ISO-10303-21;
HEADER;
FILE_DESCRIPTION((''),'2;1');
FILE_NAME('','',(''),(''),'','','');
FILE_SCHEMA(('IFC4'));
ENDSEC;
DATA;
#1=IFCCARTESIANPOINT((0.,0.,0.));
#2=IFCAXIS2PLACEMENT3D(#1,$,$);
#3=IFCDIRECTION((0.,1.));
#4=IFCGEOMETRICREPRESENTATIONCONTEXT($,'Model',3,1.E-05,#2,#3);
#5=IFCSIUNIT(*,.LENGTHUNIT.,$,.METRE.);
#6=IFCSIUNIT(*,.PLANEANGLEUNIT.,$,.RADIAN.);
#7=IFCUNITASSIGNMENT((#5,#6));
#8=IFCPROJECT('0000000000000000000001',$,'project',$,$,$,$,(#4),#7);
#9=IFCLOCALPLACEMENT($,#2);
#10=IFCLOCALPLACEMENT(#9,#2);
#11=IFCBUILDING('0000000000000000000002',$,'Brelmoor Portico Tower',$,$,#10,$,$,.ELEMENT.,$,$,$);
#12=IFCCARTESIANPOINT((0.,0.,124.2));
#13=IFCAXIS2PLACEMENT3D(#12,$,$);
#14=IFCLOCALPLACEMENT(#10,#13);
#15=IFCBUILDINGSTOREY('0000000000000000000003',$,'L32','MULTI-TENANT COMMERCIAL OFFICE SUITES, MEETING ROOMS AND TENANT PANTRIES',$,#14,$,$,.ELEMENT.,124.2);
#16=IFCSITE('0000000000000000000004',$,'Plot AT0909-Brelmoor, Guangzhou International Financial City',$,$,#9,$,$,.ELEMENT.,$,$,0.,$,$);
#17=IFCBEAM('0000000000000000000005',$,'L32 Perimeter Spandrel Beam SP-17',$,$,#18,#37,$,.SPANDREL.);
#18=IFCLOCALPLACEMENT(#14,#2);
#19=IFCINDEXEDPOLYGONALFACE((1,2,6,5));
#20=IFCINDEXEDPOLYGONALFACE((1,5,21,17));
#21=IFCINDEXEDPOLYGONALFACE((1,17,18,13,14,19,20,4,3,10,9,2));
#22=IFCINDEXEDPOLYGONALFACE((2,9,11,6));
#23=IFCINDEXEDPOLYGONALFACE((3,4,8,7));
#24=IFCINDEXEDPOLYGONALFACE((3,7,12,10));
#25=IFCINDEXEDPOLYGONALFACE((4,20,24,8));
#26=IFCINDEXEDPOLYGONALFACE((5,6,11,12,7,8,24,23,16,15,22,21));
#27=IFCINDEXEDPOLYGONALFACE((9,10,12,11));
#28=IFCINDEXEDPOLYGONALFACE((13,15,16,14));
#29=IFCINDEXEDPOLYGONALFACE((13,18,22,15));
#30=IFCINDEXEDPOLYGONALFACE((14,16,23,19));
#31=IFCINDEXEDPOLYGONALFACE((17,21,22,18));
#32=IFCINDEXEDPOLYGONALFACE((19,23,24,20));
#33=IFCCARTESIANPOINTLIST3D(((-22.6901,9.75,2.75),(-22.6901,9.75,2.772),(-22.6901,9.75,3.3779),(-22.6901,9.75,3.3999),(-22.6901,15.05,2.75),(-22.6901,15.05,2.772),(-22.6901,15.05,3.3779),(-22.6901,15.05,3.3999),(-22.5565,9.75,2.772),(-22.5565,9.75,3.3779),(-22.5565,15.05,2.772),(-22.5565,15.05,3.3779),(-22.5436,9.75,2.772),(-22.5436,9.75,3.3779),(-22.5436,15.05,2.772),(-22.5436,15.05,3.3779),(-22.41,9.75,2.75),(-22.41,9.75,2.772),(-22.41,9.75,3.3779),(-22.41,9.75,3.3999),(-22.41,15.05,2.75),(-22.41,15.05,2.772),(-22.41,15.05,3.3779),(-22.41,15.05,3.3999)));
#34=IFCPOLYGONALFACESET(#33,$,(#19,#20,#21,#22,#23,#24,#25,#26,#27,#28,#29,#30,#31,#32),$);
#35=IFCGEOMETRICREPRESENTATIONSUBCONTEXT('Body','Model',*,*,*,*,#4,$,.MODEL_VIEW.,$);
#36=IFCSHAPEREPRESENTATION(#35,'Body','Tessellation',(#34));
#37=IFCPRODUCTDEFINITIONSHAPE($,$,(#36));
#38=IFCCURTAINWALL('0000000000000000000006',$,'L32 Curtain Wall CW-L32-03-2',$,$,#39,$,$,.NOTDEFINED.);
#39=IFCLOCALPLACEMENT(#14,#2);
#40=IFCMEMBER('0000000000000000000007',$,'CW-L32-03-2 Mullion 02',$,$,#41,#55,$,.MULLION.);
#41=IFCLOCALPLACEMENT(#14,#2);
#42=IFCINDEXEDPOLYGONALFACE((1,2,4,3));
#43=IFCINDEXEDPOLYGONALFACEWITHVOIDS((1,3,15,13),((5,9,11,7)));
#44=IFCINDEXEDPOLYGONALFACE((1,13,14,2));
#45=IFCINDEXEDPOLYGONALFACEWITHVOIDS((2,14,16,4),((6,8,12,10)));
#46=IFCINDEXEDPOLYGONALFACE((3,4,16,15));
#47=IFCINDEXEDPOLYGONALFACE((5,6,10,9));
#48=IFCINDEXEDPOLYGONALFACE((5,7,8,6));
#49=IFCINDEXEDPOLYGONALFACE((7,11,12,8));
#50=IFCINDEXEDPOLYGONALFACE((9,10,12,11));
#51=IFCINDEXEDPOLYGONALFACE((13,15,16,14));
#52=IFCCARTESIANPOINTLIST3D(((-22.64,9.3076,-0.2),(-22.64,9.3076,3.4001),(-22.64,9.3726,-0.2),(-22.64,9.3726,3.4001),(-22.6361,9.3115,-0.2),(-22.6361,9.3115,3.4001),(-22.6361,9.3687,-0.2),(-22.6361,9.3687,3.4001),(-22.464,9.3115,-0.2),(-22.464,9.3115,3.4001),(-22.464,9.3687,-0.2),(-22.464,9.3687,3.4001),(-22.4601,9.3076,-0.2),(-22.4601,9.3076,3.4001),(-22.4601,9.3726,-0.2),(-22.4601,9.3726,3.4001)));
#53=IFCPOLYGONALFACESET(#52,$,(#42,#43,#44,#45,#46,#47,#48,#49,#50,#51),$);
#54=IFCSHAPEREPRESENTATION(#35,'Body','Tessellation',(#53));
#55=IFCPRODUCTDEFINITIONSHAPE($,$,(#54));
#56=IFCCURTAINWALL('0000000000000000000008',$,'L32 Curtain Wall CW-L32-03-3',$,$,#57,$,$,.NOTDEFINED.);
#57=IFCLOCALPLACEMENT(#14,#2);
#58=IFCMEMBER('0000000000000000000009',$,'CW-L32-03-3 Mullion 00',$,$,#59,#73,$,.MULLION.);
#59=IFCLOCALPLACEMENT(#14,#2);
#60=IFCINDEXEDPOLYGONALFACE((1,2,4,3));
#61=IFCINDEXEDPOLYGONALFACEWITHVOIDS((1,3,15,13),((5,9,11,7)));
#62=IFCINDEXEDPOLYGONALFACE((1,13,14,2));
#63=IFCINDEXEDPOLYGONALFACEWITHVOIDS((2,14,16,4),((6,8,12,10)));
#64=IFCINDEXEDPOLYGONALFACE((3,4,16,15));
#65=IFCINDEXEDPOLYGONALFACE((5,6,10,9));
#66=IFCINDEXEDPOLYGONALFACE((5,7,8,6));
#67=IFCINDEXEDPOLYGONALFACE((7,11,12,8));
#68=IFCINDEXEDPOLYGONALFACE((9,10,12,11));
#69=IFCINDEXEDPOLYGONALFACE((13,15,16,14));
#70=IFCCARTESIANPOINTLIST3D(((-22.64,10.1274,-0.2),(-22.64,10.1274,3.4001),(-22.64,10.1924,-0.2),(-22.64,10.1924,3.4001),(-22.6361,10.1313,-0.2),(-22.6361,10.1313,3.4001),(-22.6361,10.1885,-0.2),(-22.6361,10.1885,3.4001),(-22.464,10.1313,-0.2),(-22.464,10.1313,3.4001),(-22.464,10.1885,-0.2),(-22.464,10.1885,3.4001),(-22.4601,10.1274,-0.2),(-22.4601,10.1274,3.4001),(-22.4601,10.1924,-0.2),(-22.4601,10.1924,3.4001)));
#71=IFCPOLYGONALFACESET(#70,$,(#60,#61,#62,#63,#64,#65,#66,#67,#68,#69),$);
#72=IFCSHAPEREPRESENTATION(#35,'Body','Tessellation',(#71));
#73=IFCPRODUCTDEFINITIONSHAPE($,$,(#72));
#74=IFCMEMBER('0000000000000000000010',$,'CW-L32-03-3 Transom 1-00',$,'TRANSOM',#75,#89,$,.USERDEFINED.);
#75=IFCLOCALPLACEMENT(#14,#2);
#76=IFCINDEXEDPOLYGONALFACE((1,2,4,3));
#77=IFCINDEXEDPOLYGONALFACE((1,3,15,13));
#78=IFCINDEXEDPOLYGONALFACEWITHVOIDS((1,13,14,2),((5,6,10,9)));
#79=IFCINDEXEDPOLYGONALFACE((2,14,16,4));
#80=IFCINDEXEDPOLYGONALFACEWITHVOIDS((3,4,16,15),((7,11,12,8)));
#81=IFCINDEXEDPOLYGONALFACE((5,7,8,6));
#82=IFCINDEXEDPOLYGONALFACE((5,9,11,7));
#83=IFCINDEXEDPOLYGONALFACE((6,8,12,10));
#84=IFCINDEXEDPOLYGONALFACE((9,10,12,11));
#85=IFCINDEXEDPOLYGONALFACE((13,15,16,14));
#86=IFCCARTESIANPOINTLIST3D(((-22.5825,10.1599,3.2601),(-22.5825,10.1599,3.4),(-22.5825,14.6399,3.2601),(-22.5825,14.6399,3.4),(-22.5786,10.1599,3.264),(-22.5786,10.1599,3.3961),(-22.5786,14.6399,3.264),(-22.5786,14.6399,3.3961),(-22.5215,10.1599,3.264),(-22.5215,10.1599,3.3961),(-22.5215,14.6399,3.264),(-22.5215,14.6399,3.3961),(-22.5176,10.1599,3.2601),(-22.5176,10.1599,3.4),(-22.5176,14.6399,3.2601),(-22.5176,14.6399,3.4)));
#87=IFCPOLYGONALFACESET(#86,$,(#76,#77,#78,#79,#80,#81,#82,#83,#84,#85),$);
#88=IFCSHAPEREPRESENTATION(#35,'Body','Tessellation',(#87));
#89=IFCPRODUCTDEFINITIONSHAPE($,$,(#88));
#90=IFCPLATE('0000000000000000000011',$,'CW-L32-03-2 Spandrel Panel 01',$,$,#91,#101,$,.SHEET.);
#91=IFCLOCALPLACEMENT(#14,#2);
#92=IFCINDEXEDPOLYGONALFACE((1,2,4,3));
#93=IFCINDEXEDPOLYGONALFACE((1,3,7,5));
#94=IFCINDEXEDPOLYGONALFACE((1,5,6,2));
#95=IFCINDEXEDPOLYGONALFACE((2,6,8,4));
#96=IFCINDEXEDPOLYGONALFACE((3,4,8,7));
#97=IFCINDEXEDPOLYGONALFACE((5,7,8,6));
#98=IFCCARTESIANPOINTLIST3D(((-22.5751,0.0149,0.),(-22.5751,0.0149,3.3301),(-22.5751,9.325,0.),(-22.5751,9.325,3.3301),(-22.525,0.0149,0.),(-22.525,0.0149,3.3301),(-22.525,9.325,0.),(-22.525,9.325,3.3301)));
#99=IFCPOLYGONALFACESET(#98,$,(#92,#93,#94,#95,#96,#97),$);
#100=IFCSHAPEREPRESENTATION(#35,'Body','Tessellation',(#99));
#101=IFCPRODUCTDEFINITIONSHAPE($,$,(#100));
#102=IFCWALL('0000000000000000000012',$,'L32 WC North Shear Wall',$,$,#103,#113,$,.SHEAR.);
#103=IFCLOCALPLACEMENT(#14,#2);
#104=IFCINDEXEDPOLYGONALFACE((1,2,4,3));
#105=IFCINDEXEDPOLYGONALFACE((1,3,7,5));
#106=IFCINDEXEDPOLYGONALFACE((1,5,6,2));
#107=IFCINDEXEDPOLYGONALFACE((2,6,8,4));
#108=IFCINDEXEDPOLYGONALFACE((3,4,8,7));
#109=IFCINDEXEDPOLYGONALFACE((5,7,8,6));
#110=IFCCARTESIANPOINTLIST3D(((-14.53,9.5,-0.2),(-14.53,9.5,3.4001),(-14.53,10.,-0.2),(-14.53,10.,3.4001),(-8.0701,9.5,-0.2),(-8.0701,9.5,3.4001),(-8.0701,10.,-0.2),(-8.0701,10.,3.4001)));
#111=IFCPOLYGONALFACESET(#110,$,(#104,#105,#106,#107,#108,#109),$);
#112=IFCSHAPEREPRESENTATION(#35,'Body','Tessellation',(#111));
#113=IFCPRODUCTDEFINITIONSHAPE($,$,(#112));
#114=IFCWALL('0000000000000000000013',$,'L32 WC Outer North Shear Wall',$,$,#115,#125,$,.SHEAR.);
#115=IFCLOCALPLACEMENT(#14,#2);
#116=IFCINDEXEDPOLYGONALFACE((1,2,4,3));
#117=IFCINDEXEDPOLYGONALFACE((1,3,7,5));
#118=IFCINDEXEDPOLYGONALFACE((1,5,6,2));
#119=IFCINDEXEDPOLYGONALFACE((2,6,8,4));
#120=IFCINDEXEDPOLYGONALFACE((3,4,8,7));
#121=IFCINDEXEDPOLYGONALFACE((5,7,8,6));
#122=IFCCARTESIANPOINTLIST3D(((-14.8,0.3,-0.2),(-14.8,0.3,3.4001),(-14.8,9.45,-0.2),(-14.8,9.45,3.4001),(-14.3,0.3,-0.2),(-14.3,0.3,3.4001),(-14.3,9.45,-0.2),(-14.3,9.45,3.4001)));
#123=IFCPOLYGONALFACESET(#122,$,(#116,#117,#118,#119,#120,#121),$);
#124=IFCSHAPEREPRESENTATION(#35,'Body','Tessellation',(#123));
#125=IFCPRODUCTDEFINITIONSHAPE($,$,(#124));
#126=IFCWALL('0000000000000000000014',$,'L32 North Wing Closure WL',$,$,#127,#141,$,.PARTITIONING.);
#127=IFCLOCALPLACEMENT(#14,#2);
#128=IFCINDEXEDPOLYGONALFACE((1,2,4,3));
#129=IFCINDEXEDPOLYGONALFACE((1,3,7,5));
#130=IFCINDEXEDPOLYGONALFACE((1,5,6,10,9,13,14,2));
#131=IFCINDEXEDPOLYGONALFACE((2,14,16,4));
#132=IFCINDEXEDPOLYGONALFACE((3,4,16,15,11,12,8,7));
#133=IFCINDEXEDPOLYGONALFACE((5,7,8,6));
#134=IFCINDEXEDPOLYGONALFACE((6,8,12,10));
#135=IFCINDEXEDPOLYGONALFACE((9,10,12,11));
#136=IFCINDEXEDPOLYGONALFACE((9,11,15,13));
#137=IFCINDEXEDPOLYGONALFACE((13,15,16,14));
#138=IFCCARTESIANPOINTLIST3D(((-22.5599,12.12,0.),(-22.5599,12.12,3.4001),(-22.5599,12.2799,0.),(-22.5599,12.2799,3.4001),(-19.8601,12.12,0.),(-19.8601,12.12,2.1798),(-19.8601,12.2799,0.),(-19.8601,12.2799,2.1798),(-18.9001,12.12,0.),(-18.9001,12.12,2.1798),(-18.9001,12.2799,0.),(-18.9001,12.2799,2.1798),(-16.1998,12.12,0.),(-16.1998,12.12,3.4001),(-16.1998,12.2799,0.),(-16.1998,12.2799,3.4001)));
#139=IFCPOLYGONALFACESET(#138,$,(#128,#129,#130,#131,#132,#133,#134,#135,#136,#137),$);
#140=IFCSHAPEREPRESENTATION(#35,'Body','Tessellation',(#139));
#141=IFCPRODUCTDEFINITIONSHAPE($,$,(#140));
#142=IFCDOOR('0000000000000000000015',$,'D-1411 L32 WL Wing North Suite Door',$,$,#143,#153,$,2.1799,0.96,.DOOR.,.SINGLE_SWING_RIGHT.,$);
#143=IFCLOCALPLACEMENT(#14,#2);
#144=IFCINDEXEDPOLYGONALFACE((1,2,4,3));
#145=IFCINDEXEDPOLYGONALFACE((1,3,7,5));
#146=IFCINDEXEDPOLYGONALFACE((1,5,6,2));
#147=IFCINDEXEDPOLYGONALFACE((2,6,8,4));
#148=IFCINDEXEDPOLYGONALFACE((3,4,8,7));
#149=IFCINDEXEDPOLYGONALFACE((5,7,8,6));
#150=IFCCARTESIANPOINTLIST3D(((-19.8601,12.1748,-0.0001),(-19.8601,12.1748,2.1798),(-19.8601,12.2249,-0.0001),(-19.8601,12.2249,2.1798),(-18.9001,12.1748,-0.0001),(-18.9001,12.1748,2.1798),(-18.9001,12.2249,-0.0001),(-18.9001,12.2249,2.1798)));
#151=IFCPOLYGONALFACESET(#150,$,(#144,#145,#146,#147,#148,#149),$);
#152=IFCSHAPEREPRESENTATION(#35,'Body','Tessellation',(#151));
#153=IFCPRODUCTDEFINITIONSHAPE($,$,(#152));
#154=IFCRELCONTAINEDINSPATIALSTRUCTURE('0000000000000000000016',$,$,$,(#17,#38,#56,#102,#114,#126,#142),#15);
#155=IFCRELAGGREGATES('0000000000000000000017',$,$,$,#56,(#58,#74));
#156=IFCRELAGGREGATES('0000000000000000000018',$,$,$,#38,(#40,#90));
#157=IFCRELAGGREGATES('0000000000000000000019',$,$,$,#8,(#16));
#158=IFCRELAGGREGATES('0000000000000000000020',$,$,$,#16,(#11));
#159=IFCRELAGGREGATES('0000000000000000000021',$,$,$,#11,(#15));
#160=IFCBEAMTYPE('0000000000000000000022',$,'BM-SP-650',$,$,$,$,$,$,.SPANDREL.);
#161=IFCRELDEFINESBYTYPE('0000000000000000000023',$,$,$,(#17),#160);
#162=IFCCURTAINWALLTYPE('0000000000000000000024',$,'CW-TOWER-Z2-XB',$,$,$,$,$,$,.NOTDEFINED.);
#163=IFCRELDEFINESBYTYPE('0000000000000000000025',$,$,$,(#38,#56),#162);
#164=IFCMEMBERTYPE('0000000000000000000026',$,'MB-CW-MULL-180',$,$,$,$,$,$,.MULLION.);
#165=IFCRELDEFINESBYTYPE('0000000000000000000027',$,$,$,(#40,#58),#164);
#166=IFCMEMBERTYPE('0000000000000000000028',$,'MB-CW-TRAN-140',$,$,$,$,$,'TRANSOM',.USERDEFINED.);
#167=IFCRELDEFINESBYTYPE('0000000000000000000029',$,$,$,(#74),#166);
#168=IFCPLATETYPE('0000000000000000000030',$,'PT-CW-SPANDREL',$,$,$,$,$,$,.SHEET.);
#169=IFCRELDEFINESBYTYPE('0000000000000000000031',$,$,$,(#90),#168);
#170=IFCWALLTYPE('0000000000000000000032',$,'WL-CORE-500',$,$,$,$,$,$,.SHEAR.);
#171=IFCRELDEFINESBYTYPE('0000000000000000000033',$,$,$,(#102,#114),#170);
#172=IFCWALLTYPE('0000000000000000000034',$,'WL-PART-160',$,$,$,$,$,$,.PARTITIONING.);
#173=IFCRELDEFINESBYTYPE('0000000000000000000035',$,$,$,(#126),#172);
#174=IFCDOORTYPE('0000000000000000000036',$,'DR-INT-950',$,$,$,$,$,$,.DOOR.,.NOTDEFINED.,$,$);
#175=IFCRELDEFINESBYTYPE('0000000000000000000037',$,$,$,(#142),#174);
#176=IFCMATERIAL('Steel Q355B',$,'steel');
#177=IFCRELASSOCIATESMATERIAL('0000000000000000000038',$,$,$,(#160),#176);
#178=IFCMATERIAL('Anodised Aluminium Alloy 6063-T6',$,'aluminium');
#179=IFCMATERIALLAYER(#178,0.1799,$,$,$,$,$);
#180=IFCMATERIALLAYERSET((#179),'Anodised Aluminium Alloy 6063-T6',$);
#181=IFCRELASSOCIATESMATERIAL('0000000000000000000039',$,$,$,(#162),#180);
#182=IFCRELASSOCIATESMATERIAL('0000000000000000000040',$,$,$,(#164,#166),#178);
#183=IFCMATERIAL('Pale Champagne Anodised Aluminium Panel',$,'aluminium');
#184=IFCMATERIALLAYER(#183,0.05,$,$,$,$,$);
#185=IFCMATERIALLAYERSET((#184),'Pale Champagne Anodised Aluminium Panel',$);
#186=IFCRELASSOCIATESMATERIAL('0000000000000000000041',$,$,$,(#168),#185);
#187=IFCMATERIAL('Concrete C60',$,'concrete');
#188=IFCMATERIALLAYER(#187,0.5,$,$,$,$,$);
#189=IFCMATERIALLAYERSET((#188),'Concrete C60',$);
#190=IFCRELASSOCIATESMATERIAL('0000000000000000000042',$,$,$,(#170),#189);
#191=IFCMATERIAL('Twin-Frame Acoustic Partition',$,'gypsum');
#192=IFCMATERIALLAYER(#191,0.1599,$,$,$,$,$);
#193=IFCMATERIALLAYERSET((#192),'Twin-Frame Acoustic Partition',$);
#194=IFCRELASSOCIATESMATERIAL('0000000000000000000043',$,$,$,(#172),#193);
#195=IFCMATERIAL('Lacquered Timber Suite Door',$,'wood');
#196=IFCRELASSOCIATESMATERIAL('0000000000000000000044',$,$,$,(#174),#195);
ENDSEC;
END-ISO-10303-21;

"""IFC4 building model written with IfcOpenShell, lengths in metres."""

from ifc_helpers import new_model, si_unit, direction, frame, frame_2d, origin, origin_2d, place, context, subcontext, project, spatial, rectangle, hollow_rectangle, i_section, extrude, material, layer, layer_set, material_profile, profile_set, type_object, element, fill, aggregate, save


model = new_model("IFC4")

# Units and contexts
model_context = context("Model", 3, precision=1e-05, world=origin(), true_north=direction((0.0, 1.0)))
body_context = subcontext(model_context, "Body", "Model", "MODEL_VIEW")
ifc_project = project(units=[si_unit("LENGTHUNIT", "METRE"), si_unit("PLANEANGLEUNIT", "RADIAN")], contexts=[model_context])

# Site, building, storey
site_placement = place(None, origin())
site = spatial("IfcSite", under=ifc_project, at=site_placement, Name="Plot AT0909-Brelmoor, Guangzhou International Financial City", CompositionType="ELEMENT", RefElevation=0.0)
building_placement = place(site_placement, origin())
building = spatial("IfcBuilding", under=site, at=building_placement, Name="Brelmoor Portico Tower", CompositionType="ELEMENT")
storey_placement = place(building_placement, frame((0.0, 0.0, 124.2)))
storey = spatial("IfcBuildingStorey", under=building, at=storey_placement, Name="L32", Description="MULTI-TENANT COMMERCIAL OFFICE SUITES, MEETING ROOMS AND TENANT PANTRIES", CompositionType="ELEMENT", Elevation=124.2)

# Shared definitions
ifc_material_1 = material(Name="Steel Q355B", Category="steel")

# Beam
ifc_material_profile_1 = material_profile(ifc_material_1, i_section(OverallWidth=0.28, OverallDepth=0.6499, WebThickness=0.0129, FlangeThickness=0.022, at=origin_2d()), Name="HN 650x280x13x22")
ifc_profile_set_1 = profile_set([ifc_material_profile_1], Name="Steel Q355B")
beam_type_1 = type_object("IfcBeamType", Name="BM-SP-650", PredefinedType="SPANDREL", material=ifc_profile_set_1)
beam_1_placement = place(storey_placement, frame((-22.55, 9.75, 3.075), z_axis=(0.0, 1.0, 0.0), x_axis=(-1.0, 0.0, 0.0)))
element("IfcBeam", 1, at=beam_1_placement, inside=storey, type_object=beam_type_1, Name="L32 Perimeter Spandrel Beam SP-17", PredefinedType="SPANDREL", context=body_context, shape_type="SweptSolid", body=[
    extrude(i_section(OverallWidth=0.28, OverallDepth=0.6499, WebThickness=0.0129, FlangeThickness=0.022, at=origin_2d()), origin(), (0.0, 0.0, 1.0), 5.3),
])

# Curtain wall, member
ifc_material_2 = material(Name="Anodised Aluminium Alloy 6063-T6", Category="aluminium")
ifc_layer_1 = layer(ifc_material_2, 0.1799)
ifc_layer_set_1 = layer_set([ifc_layer_1], Name="Anodised Aluminium Alloy 6063-T6")
curtain_wall_type = type_object("IfcCurtainWallType", Name="CW-TOWER-Z2-XB", PredefinedType="NOTDEFINED", material=ifc_layer_set_1)
curtain_wall_1_placement = place(storey_placement, origin())
curtain_wall_1 = element("IfcCurtainWall", 2, at=curtain_wall_1_placement, inside=storey, type_object=curtain_wall_type, Name="L32 Curtain Wall CW-L32-03-2", PredefinedType="NOTDEFINED")
ifc_material_profile_2 = material_profile(ifc_material_2, hollow_rectangle(XDim=0.0649, YDim=0.1799, WallThickness=0.0039, at=origin_2d()), Name="ALU MULLION 65x180")
ifc_profile_set_2 = profile_set([ifc_material_profile_2], Name="Anodised Aluminium Alloy 6063-T6")
member_type_1 = type_object("IfcMemberType", Name="MB-CW-MULL-180", PredefinedType="MULLION", material=ifc_profile_set_2)
member_1_placement = place(storey_placement, frame((-22.55, 9.3401, -0.2), z_axis=(0.0, 0.0, 1.0), x_axis=(0.0, 1.0, 0.0)))
member_1 = element("IfcMember", 3, at=member_1_placement, type_object=member_type_1, Name="CW-L32-03-2 Mullion 02", PredefinedType="MULLION", context=body_context, shape_type="SweptSolid", body=[
    extrude(hollow_rectangle(XDim=0.0649, YDim=0.1799, WallThickness=0.0039, at=origin_2d()), origin(), (0.0, 0.0, 1.0), 3.6001),
])

# Curtain wall, members
curtain_wall_2_placement = place(storey_placement, origin())
curtain_wall_2 = element("IfcCurtainWall", 4, at=curtain_wall_2_placement, inside=storey, type_object=curtain_wall_type, Name="L32 Curtain Wall CW-L32-03-3", PredefinedType="NOTDEFINED")
member_2_placement = place(storey_placement, frame((-22.55, 10.1599, -0.2), z_axis=(0.0, 0.0, 1.0), x_axis=(0.0, 1.0, 0.0)))
member_2 = element("IfcMember", 5, at=member_2_placement, type_object=member_type_1, Name="CW-L32-03-3 Mullion 00", PredefinedType="MULLION", context=body_context, shape_type="SweptSolid", body=[
    extrude(hollow_rectangle(XDim=0.0649, YDim=0.1799, WallThickness=0.0039, at=origin_2d()), origin(), (0.0, 0.0, 1.0), 3.6001),
])
ifc_material_profile_3 = material_profile(ifc_material_2, hollow_rectangle(XDim=0.0649, YDim=0.1399, WallThickness=0.0039, at=origin_2d()), Name="ALU TRANSOM 65x140")
ifc_profile_set_3 = profile_set([ifc_material_profile_3], Name="Anodised Aluminium Alloy 6063-T6")
member_type_2 = type_object("IfcMemberType", Name="MB-CW-TRAN-140", ElementType="TRANSOM", PredefinedType="USERDEFINED", material=ifc_profile_set_3)
member_3_placement = place(storey_placement, frame((-22.55, 10.1599, 3.3301), z_axis=(0.0, 1.0, 0.0), x_axis=(-1.0, 0.0, 0.0)))
member_3 = element("IfcMember", 6, at=member_3_placement, type_object=member_type_2, Name="CW-L32-03-3 Transom 1-00", ObjectType="TRANSOM", PredefinedType="USERDEFINED", context=body_context, shape_type="SweptSolid", body=[
    extrude(hollow_rectangle(XDim=0.0649, YDim=0.1399, WallThickness=0.0039, at=origin_2d()), origin(), (0.0, 0.0, 1.0), 4.48),
])
aggregate(curtain_wall_2, [member_2, member_3])

# Plate
ifc_material_3 = material(Name="Pale Champagne Anodised Aluminium Panel", Category="aluminium")
ifc_layer_2 = layer(ifc_material_3, 0.05)
ifc_layer_set_2 = layer_set([ifc_layer_2], Name="Pale Champagne Anodised Aluminium Panel")
plate_type = type_object("IfcPlateType", Name="PT-CW-SPANDREL", PredefinedType="SHEET", material=ifc_layer_set_2)
plate_placement = place(storey_placement, frame((-22.55, 4.6699, 0.0), z_axis=(0.0, 0.0, 1.0), x_axis=(0.0, 1.0, 0.0)))
plate = element("IfcPlate", 7, at=plate_placement, type_object=plate_type, Name="CW-L32-03-2 Spandrel Panel 01", PredefinedType="SHEET", context=body_context, shape_type="SweptSolid", body=[
    extrude(rectangle(XDim=9.3101, YDim=0.05, at=origin_2d()), origin(), (0.0, 0.0, 1.0), 3.3301),
])
aggregate(curtain_wall_1, [member_1, plate])

# Walls
ifc_material_4 = material(Name="Concrete C60", Category="concrete")
ifc_layer_3 = layer(ifc_material_4, 0.5)
ifc_layer_set_3 = layer_set([ifc_layer_3], Name="Concrete C60")
wall_type_1 = type_object("IfcWallType", Name="WL-CORE-500", PredefinedType="SHEAR", material=ifc_layer_set_3)
wall_1_placement = place(storey_placement, frame((-14.53, 9.75, -0.2), z_axis=(0.0, 0.0, 1.0), x_axis=(1.0, 0.0, 0.0)))
element("IfcWall", 8, at=wall_1_placement, inside=storey, type_object=wall_type_1, Name="L32 WC North Shear Wall", PredefinedType="SHEAR", context=body_context, shape_type="SweptSolid", body=[
    extrude(rectangle(XDim=6.46, YDim=0.5, at=frame_2d((3.23, 0.0))), origin(), (0.0, 0.0, 1.0), 3.6001),
])
wall_2_placement = place(storey_placement, frame((-14.55, 0.3, -0.2), z_axis=(0.0, 0.0, 1.0), x_axis=(0.0, 1.0, 0.0)))
element("IfcWall", 9, at=wall_2_placement, inside=storey, type_object=wall_type_1, Name="L32 WC Outer North Shear Wall", PredefinedType="SHEAR", context=body_context, shape_type="SweptSolid", body=[
    extrude(rectangle(XDim=9.1499, YDim=0.5, at=frame_2d((4.575, 0.0))), origin(), (0.0, 0.0, 1.0), 3.6001),
])

# Wall, opening, door
ifc_material_5 = material(Name="Twin-Frame Acoustic Partition", Category="gypsum")
ifc_layer_4 = layer(ifc_material_5, 0.1599)
ifc_layer_set_4 = layer_set([ifc_layer_4], Name="Twin-Frame Acoustic Partition")
wall_type_2 = type_object("IfcWallType", Name="WL-PART-160", PredefinedType="PARTITIONING", material=ifc_layer_set_4)
wall_3_placement = place(storey_placement, frame((-22.5601, 12.2, 0.0), z_axis=(0.0, 0.0, 1.0), x_axis=(1.0, 0.0, 0.0)))
wall_3 = element("IfcWall", 10, at=wall_3_placement, inside=storey, type_object=wall_type_2, Name="L32 North Wing Closure WL", PredefinedType="PARTITIONING", context=body_context, shape_type="SweptSolid", body=[
    extrude(rectangle(XDim=6.3601, YDim=0.1599, at=frame_2d((3.1802, 0.0))), origin(), (0.0, 0.0, 1.0), 3.4001),
])
opening_1_placement = place(wall_3_placement, frame((2.7, 0.0, 0.0)))
opening_1 = element("IfcOpeningElement", 11, at=opening_1_placement, cuts=wall_3, PredefinedType="OPENING", context=body_context, shape_type="SweptSolid", body=[
    extrude(rectangle(XDim=0.96, YDim=2.1799, at=frame_2d((0.48, 1.0898))), frame((0.0, 0.0898, 0.0), z_axis=(0.0, -1.0, 0.0), x_axis=(1.0, 0.0, 0.0)), (0.0, 0.0, 1.0), 0.1799),
])
ifc_material_6 = material(Name="Lacquered Timber Suite Door", Category="wood")
door_type_1 = type_object("IfcDoorType", Name="DR-INT-950", OperationType="NOTDEFINED", PredefinedType="DOOR", material=ifc_material_6)
door_1_placement = place(opening_1_placement, origin())
door_1 = element("IfcDoor", 12, at=door_1_placement, inside=storey, type_object=door_type_1, Name="D-1411 L32 WL Wing North Suite Door", OperationType="SINGLE_SWING_RIGHT", OverallHeight=2.1799, OverallWidth=0.96, PredefinedType="DOOR", context=body_context, shape_type="SweptSolid", body=[
    extrude(rectangle(XDim=0.96, YDim=2.1799, at=frame_2d((0.48, 1.0898))), frame((0.0, 0.0249, 0.0), z_axis=(0.0, -1.0, 0.0), x_axis=(1.0, 0.0, 0.0)), (0.0, 0.0, 1.0), 0.05),
])
fill(opening_1, door_1)

save(model, "model.ifc")
